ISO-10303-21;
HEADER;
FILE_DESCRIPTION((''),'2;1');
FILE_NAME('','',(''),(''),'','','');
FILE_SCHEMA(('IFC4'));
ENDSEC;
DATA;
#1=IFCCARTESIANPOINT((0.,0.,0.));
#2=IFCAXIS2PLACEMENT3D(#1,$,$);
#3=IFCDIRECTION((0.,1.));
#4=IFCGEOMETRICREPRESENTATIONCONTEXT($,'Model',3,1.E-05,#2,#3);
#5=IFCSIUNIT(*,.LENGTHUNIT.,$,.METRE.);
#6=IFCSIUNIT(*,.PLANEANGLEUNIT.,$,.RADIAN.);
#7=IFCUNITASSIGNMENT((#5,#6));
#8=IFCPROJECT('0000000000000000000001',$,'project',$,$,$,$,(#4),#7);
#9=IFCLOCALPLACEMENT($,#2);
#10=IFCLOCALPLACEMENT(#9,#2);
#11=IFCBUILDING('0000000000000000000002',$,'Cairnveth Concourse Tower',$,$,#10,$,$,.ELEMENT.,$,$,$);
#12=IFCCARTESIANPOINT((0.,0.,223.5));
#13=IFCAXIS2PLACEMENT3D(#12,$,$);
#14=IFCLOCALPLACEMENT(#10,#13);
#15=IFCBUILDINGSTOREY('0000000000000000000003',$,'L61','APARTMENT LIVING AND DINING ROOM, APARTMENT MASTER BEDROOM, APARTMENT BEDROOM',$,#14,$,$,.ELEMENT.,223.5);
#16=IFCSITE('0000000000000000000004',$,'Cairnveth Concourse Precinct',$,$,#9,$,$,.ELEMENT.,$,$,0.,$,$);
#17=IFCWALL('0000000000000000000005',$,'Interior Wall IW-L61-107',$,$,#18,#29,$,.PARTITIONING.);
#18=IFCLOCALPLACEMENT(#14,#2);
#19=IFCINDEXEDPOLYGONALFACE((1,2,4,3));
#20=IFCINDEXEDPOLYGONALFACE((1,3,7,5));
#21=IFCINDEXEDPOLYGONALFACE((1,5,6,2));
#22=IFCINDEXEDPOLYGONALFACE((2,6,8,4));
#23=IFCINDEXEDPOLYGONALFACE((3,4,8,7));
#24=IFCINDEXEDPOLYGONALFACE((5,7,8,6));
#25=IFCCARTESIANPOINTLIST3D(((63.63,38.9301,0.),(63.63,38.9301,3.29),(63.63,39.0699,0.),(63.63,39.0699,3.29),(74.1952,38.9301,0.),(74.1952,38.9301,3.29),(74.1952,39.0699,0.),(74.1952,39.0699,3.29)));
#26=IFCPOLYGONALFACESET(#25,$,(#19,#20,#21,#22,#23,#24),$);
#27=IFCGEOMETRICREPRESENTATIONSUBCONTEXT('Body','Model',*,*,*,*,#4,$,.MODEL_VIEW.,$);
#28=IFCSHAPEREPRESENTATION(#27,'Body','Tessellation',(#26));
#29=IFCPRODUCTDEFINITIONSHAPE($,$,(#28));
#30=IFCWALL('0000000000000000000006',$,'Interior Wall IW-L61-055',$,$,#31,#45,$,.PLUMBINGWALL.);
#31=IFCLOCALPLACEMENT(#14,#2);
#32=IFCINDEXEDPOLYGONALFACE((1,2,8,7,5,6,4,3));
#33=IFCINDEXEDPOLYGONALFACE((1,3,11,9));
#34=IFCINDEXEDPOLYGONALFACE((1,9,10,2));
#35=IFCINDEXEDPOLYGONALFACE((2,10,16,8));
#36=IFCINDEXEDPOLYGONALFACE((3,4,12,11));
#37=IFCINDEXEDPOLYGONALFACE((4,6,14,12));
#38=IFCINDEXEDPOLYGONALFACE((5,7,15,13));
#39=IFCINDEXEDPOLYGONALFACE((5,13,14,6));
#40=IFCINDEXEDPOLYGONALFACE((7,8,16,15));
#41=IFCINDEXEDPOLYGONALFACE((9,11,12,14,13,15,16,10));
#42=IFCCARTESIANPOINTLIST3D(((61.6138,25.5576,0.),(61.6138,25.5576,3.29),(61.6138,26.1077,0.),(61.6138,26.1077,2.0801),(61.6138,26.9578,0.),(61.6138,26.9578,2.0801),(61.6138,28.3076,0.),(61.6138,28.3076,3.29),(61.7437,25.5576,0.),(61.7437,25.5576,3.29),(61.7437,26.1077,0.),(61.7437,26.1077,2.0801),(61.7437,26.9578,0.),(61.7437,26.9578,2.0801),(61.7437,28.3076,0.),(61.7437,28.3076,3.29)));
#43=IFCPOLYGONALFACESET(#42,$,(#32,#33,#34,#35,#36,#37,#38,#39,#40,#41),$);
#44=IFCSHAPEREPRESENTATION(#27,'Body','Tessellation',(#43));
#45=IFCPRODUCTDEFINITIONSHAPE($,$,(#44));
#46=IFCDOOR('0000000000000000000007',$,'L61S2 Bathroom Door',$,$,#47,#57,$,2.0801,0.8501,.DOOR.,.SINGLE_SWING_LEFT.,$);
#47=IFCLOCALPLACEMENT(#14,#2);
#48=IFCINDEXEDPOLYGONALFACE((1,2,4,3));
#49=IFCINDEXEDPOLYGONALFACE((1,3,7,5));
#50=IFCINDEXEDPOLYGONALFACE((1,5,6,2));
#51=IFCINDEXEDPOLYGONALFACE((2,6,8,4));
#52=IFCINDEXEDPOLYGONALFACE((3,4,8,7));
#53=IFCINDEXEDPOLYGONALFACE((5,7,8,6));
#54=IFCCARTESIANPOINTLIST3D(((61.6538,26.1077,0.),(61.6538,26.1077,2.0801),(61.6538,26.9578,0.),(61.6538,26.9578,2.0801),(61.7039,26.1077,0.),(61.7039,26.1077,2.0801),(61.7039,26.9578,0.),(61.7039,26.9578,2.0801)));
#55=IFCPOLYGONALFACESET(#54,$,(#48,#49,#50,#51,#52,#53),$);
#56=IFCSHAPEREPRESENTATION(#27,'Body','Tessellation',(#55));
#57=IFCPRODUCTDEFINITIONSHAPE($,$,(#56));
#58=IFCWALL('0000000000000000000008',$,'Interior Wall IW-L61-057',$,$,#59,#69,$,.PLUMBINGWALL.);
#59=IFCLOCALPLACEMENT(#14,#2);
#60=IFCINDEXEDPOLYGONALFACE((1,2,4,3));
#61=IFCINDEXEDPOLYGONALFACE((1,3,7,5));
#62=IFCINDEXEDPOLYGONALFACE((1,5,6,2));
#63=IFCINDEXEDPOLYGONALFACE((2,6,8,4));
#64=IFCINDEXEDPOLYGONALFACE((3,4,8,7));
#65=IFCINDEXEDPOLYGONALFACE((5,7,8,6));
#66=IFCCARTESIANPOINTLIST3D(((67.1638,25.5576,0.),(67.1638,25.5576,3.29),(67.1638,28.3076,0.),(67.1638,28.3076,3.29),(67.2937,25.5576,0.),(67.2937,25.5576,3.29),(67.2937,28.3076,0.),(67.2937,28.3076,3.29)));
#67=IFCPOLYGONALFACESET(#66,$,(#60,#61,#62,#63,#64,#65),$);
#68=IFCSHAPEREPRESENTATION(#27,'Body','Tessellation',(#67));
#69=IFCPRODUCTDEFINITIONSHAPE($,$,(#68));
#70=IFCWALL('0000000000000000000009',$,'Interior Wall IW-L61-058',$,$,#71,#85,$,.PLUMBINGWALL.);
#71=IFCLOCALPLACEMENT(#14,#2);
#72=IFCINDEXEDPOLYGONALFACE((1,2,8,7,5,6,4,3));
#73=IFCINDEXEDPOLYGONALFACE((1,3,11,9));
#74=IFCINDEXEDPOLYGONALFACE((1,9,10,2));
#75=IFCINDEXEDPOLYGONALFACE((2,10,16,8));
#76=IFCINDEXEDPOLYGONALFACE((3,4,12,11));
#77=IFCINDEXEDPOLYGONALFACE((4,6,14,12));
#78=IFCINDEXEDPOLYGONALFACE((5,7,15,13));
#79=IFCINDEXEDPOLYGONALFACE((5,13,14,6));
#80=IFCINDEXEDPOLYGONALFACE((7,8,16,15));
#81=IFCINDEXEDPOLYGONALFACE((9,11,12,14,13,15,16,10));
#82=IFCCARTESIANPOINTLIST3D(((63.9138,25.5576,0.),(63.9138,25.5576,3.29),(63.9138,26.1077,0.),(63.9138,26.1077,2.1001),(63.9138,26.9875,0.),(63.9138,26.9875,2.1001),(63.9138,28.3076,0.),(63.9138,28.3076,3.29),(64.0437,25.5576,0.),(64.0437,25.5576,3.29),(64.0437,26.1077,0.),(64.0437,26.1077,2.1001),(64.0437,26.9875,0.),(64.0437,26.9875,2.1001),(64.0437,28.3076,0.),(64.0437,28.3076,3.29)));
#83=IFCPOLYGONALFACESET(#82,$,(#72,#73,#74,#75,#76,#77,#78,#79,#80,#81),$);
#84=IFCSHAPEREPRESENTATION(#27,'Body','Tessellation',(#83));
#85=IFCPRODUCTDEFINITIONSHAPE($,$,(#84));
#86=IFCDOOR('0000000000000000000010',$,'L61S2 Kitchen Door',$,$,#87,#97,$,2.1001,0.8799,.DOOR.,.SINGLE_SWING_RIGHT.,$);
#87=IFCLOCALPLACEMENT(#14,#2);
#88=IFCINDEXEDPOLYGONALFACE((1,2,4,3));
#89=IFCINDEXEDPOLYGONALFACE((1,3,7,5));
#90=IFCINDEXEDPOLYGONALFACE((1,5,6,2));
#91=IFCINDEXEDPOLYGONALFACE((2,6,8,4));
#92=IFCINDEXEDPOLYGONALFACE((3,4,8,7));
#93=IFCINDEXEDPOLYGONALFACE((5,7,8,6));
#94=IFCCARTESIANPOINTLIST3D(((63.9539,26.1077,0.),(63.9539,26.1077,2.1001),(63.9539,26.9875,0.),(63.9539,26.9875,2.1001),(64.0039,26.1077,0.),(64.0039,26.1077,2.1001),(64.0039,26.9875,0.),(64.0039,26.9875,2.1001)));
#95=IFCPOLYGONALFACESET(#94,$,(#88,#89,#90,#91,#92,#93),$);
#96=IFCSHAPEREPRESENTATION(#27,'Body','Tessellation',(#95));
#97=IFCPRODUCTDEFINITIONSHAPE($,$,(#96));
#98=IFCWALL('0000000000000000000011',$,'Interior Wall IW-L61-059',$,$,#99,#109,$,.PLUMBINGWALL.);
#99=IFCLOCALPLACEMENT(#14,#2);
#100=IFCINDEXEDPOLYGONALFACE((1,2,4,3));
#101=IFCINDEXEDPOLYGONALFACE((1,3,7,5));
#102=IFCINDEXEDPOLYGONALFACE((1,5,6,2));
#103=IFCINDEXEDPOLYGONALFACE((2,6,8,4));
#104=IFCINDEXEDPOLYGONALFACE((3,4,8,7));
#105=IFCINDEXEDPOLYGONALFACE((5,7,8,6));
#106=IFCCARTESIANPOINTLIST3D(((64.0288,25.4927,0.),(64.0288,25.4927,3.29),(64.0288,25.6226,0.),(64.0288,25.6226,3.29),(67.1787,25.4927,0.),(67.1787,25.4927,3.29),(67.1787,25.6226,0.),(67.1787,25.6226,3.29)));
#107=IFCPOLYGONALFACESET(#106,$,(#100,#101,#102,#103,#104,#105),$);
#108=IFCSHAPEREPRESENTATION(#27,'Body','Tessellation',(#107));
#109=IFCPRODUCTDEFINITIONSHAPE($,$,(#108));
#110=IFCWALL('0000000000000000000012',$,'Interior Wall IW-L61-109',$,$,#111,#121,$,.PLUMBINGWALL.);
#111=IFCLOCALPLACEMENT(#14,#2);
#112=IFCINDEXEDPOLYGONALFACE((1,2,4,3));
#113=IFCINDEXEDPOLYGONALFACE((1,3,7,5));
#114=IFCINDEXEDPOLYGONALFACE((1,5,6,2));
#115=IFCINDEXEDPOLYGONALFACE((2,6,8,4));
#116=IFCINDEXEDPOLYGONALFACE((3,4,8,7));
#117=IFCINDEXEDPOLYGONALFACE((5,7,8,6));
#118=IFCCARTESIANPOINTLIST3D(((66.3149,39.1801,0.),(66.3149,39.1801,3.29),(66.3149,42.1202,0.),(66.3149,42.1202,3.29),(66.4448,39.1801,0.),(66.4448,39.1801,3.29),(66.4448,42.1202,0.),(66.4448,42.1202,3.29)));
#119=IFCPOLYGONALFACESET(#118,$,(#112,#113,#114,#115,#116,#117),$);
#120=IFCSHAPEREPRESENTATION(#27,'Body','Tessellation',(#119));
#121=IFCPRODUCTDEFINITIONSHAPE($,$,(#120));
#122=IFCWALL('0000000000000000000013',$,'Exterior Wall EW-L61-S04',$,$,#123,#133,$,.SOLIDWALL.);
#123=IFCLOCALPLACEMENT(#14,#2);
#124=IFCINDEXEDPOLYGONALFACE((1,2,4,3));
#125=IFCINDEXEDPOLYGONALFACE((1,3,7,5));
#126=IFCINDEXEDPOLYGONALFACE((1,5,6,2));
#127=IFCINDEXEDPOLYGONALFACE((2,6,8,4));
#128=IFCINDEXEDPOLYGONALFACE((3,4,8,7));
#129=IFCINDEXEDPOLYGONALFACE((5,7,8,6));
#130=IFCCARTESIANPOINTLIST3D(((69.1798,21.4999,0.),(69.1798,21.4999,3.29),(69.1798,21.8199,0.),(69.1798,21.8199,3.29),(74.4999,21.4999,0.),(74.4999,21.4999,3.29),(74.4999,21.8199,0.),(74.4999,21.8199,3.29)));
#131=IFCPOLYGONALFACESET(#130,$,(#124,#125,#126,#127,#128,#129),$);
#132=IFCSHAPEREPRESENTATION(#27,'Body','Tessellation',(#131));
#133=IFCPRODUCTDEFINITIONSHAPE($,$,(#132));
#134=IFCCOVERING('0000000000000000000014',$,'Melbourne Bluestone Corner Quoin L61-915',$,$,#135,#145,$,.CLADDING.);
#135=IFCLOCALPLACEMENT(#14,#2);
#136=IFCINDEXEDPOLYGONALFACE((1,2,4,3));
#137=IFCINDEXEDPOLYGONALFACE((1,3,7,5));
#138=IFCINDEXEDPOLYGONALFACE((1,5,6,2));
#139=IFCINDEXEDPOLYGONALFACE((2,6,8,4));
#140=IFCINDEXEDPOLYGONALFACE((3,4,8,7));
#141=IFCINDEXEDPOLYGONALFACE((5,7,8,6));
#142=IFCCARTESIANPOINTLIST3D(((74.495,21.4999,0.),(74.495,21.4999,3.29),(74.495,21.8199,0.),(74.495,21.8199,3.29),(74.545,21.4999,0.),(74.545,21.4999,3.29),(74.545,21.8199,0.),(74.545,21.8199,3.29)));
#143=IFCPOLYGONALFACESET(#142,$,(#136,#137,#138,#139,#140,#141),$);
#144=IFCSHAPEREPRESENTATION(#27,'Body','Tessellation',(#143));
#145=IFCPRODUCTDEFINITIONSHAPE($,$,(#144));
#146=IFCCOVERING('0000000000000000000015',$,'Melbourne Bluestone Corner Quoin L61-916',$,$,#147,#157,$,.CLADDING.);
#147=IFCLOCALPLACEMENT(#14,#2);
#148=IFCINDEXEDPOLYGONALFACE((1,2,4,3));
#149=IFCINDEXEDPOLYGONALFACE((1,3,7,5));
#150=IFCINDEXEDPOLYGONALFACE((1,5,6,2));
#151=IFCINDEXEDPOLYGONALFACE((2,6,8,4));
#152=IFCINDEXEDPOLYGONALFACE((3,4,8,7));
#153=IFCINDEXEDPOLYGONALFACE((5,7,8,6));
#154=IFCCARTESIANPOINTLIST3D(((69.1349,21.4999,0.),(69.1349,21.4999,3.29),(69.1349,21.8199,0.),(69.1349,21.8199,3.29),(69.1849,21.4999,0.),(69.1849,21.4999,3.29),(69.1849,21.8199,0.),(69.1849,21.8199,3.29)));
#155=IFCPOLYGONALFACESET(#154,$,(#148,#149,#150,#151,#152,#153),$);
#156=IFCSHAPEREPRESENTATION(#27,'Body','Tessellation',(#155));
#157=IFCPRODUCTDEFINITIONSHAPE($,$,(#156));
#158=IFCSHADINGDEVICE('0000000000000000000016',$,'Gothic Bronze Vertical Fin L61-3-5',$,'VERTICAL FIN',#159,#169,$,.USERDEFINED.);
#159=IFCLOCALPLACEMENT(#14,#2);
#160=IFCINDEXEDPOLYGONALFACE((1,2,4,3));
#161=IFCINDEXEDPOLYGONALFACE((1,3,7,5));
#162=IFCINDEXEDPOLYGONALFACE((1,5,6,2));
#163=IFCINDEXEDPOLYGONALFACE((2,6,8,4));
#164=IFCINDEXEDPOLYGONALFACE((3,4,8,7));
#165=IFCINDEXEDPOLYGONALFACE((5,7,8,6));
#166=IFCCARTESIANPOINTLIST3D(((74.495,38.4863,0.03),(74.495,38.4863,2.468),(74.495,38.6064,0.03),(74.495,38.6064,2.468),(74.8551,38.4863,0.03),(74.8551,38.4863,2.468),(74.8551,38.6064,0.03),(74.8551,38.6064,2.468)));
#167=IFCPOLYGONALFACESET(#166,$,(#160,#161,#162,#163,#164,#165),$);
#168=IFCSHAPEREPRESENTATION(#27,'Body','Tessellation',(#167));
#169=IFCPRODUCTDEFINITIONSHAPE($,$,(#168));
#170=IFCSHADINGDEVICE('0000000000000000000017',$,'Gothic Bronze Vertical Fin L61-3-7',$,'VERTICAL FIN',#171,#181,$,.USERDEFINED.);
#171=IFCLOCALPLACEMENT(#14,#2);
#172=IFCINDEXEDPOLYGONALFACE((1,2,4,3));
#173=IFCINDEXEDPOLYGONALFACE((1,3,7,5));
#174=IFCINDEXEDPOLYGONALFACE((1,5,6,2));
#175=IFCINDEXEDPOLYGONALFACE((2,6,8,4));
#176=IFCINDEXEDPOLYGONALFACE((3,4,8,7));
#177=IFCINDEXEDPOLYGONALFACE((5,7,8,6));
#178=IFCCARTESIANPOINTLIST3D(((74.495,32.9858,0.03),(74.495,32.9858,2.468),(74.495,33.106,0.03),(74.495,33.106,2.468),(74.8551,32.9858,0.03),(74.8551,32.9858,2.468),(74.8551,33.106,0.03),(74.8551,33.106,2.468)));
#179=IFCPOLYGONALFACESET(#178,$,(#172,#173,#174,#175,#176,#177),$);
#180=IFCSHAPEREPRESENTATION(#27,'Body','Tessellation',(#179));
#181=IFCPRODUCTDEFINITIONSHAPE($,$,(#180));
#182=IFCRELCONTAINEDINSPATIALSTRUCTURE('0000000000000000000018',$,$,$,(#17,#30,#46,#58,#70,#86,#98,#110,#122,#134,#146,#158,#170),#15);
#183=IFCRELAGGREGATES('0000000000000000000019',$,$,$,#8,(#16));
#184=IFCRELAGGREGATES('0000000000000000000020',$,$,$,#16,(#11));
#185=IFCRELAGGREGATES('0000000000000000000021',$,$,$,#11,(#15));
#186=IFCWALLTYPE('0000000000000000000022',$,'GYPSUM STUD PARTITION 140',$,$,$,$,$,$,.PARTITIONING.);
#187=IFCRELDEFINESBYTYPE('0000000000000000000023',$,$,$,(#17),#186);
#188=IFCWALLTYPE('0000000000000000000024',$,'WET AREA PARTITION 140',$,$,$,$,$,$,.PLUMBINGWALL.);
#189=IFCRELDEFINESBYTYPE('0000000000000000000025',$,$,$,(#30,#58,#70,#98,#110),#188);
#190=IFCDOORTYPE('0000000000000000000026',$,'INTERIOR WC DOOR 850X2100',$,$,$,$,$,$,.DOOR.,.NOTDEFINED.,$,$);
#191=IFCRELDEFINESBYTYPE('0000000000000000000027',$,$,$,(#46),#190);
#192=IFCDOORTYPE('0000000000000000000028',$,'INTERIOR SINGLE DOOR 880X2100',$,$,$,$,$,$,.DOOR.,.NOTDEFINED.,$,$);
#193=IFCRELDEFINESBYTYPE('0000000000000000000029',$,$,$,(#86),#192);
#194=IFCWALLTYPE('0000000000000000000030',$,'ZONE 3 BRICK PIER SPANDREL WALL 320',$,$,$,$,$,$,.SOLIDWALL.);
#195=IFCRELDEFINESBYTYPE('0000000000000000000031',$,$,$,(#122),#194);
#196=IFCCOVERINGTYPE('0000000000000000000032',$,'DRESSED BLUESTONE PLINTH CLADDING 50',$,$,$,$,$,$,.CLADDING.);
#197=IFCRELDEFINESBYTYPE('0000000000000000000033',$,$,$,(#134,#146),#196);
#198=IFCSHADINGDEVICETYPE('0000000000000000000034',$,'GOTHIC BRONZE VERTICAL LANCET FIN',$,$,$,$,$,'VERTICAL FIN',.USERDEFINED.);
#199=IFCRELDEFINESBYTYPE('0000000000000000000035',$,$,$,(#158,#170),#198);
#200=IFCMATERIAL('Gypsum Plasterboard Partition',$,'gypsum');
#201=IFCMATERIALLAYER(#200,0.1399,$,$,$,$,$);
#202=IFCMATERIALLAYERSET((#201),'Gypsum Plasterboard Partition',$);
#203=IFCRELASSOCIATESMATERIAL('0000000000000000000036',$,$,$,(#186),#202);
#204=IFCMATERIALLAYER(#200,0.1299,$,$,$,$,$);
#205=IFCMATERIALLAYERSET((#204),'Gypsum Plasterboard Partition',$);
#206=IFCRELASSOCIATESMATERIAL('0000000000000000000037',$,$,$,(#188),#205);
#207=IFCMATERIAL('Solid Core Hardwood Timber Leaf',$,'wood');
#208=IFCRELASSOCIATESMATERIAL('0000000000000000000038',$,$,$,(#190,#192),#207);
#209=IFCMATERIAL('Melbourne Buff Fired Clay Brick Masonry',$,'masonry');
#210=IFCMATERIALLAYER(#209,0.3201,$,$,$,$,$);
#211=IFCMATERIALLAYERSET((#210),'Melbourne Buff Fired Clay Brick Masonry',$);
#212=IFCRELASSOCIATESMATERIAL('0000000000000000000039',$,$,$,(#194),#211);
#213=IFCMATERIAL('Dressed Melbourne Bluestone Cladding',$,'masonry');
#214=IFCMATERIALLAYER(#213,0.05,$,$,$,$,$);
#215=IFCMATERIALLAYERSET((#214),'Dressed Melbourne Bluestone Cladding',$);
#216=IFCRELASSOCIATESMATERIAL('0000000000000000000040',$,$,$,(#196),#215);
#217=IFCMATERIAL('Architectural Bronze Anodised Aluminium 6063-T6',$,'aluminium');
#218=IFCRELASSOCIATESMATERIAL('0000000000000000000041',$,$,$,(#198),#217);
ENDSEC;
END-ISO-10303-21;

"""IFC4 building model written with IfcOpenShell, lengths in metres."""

from ifc_helpers import new_model, si_unit, direction, frame, frame_2d, origin, origin_2d, place, context, subcontext, project, spatial, rectangle, extrude, material, layer, layer_set, type_object, element, fill, save


model = new_model("IFC4")

# Units and contexts
model_context = context("Model", 3, precision=1e-05, world=origin(), true_north=direction((0.0, 1.0)))
body_context = subcontext(model_context, "Body", "Model", "MODEL_VIEW")
ifc_project = project(units=[si_unit("LENGTHUNIT", "METRE"), si_unit("PLANEANGLEUNIT", "RADIAN")], contexts=[model_context])

# Site, building, storey
site_placement = place(None, origin())
site = spatial("IfcSite", under=ifc_project, at=site_placement, Name="Cairnveth Concourse Precinct", CompositionType="ELEMENT", RefElevation=0.0)
building_placement = place(site_placement, origin())
building = spatial("IfcBuilding", under=site, at=building_placement, Name="Cairnveth Concourse Tower", CompositionType="ELEMENT")
storey_placement = place(building_placement, frame((0.0, 0.0, 223.5)))
storey = spatial("IfcBuildingStorey", under=building, at=storey_placement, Name="L61", Description="APARTMENT LIVING AND DINING ROOM, APARTMENT MASTER BEDROOM, APARTMENT BEDROOM", CompositionType="ELEMENT", Elevation=223.5)

# Shared definitions
ifc_material_1 = material(Name="Gypsum Plasterboard Partition", Category="gypsum")
ifc_material_2 = material(Name="Solid Core Hardwood Timber Leaf", Category="wood")

# Shared definitions
ifc_layer_1 = layer(ifc_material_1, 0.1399)
ifc_layer_set_1 = layer_set([ifc_layer_1], Name="Gypsum Plasterboard Partition")
wall_type_1 = type_object("IfcWallType", Name="GYPSUM STUD PARTITION 140", PredefinedType="PARTITIONING", material=ifc_layer_set_1)

# Wall
wall_1_placement = place(storey_placement, frame((63.6299, 39.0, 0.0), z_axis=(0.0, 0.0, 1.0), x_axis=(1.0, 0.0, 0.0)))
element("IfcWall", 1, at=wall_1_placement, inside=storey, type_object=wall_type_1, Name="Interior Wall IW-L61-107", PredefinedType="PARTITIONING", context=body_context, shape_type="SweptSolid", body=[
    extrude(rectangle(XDim=10.5652, YDim=0.1399, at=frame_2d((5.2827, 0.0))), origin(), (0.0, 0.0, 1.0), 3.29),
])

# Wall, opening, door
ifc_layer_2 = layer(ifc_material_1, 0.1299)
ifc_layer_set_2 = layer_set([ifc_layer_2], Name="Gypsum Plasterboard Partition")
wall_type_2 = type_object("IfcWallType", Name="WET AREA PARTITION 140", PredefinedType="PLUMBINGWALL", material=ifc_layer_set_2)
wall_2_placement = place(storey_placement, frame((61.6787, 25.5576, 0.0), z_axis=(0.0, 0.0, 1.0), x_axis=(0.0, 1.0, 0.0)))
wall_2 = element("IfcWall", 2, at=wall_2_placement, inside=storey, type_object=wall_type_2, Name="Interior Wall IW-L61-055", PredefinedType="PLUMBINGWALL", context=body_context, shape_type="SweptSolid", body=[
    extrude(rectangle(XDim=2.75, YDim=0.1299, at=frame_2d((1.375, 0.0))), origin(), (0.0, 0.0, 1.0), 3.29),
])
opening_1_placement = place(wall_2_placement, frame((0.55, 0.0, 0.0)))
opening_1 = element("IfcOpeningElement", 3, at=opening_1_placement, cuts=wall_2, PredefinedType="OPENING", context=body_context, shape_type="SweptSolid", body=[
    extrude(rectangle(XDim=0.8501, YDim=2.0801, at=frame_2d((0.425, 1.04))), frame((0.0, 0.075, 0.0), z_axis=(0.0, -1.0, 0.0), x_axis=(1.0, 0.0, 0.0)), (0.0, 0.0, 1.0), 0.1499),
])
door_type_1 = type_object("IfcDoorType", Name="INTERIOR WC DOOR 850X2100", OperationType="NOTDEFINED", PredefinedType="DOOR", material=ifc_material_2)
door_1_placement = place(opening_1_placement, origin())
door_1 = element("IfcDoor", 4, at=door_1_placement, inside=storey, type_object=door_type_1, Name="L61S2 Bathroom Door", OperationType="SINGLE_SWING_LEFT", OverallHeight=2.0801, OverallWidth=0.8501, PredefinedType="DOOR", context=body_context, shape_type="SweptSolid", body=[
    extrude(rectangle(XDim=0.8501, YDim=2.0801, at=frame_2d((0.425, 1.04))), frame((0.0, 0.0249, 0.0), z_axis=(0.0, -1.0, 0.0), x_axis=(1.0, 0.0, 0.0)), (0.0, 0.0, 1.0), 0.05),
])
fill(opening_1, door_1)

# Wall
wall_3_placement = place(storey_placement, frame((67.2288, 25.5576, 0.0), z_axis=(0.0, 0.0, 1.0), x_axis=(0.0, 1.0, 0.0)))
element("IfcWall", 5, at=wall_3_placement, inside=storey, type_object=wall_type_2, Name="Interior Wall IW-L61-057", PredefinedType="PLUMBINGWALL", context=body_context, shape_type="SweptSolid", body=[
    extrude(rectangle(XDim=2.75, YDim=0.1299, at=frame_2d((1.375, 0.0))), origin(), (0.0, 0.0, 1.0), 3.29),
])

# Wall, opening, door
wall_4_placement = place(storey_placement, frame((63.9788, 25.5576, 0.0), z_axis=(0.0, 0.0, 1.0), x_axis=(0.0, 1.0, 0.0)))
wall_4 = element("IfcWall", 6, at=wall_4_placement, inside=storey, type_object=wall_type_2, Name="Interior Wall IW-L61-058", PredefinedType="PLUMBINGWALL", context=body_context, shape_type="SweptSolid", body=[
    extrude(rectangle(XDim=2.75, YDim=0.1299, at=frame_2d((1.375, 0.0))), origin(), (0.0, 0.0, 1.0), 3.29),
])
opening_2_placement = place(wall_4_placement, frame((0.55, 0.0, 0.0)))
opening_2 = element("IfcOpeningElement", 7, at=opening_2_placement, cuts=wall_4, PredefinedType="OPENING", context=body_context, shape_type="SweptSolid", body=[
    extrude(rectangle(XDim=0.8799, YDim=2.1001, at=frame_2d((0.4399, 1.05))), frame((0.0, 0.075, 0.0), z_axis=(0.0, -1.0, 0.0), x_axis=(1.0, 0.0, 0.0)), (0.0, 0.0, 1.0), 0.1499),
])
door_type_2 = type_object("IfcDoorType", Name="INTERIOR SINGLE DOOR 880X2100", OperationType="NOTDEFINED", PredefinedType="DOOR", material=ifc_material_2)
door_2_placement = place(opening_2_placement, origin())
door_2 = element("IfcDoor", 8, at=door_2_placement, inside=storey, type_object=door_type_2, Name="L61S2 Kitchen Door", OperationType="SINGLE_SWING_RIGHT", OverallHeight=2.1001, OverallWidth=0.8799, PredefinedType="DOOR", context=body_context, shape_type="SweptSolid", body=[
    extrude(rectangle(XDim=0.8799, YDim=2.1001, at=frame_2d((0.4399, 1.05))), frame((0.0, 0.0249, 0.0), z_axis=(0.0, -1.0, 0.0), x_axis=(1.0, 0.0, 0.0)), (0.0, 0.0, 1.0), 0.05),
])
fill(opening_2, door_2)

# Walls
wall_5_placement = place(storey_placement, frame((64.0288, 25.5576, 0.0), z_axis=(0.0, 0.0, 1.0), x_axis=(1.0, 0.0, 0.0)))
element("IfcWall", 9, at=wall_5_placement, inside=storey, type_object=wall_type_2, Name="Interior Wall IW-L61-059", PredefinedType="PLUMBINGWALL", context=body_context, shape_type="SweptSolid", body=[
    extrude(rectangle(XDim=3.1499, YDim=0.1299, at=frame_2d((1.575, 0.0))), origin(), (0.0, 0.0, 1.0), 3.29),
])
wall_6_placement = place(storey_placement, frame((66.3799, 39.1799, 0.0), z_axis=(0.0, 0.0, 1.0), x_axis=(0.0, 1.0, 0.0)))
element("IfcWall", 10, at=wall_6_placement, inside=storey, type_object=wall_type_2, Name="Interior Wall IW-L61-109", PredefinedType="PLUMBINGWALL", context=body_context, shape_type="SweptSolid", body=[
    extrude(rectangle(XDim=2.9402, YDim=0.1299, at=frame_2d((1.4702, 0.0))), origin(), (0.0, 0.0, 1.0), 3.29),
])
ifc_material_3 = material(Name="Melbourne Buff Fired Clay Brick Masonry", Category="masonry")
ifc_layer_3 = layer(ifc_material_3, 0.3201)
ifc_layer_set_3 = layer_set([ifc_layer_3], Name="Melbourne Buff Fired Clay Brick Masonry")
wall_type_3 = type_object("IfcWallType", Name="ZONE 3 BRICK PIER SPANDREL WALL 320", PredefinedType="SOLIDWALL", material=ifc_layer_set_3)
wall_7_placement = place(storey_placement, frame((74.5, 21.6599, 0.0), z_axis=(0.0, 0.0, 1.0), x_axis=(-1.0, 0.0, 0.0)))
element("IfcWall", 11, at=wall_7_placement, inside=storey, type_object=wall_type_3, Name="Exterior Wall EW-L61-S04", PredefinedType="SOLIDWALL", context=body_context, shape_type="SweptSolid", body=[
    extrude(rectangle(XDim=5.3201, YDim=0.3201, at=frame_2d((2.6602, 0.0))), origin(), (0.0, 0.0, 1.0), 3.29),
])

# Coverings
ifc_material_4 = material(Name="Dressed Melbourne Bluestone Cladding", Category="masonry")
ifc_layer_4 = layer(ifc_material_4, 0.05)
ifc_layer_set_4 = layer_set([ifc_layer_4], Name="Dressed Melbourne Bluestone Cladding")
covering_type = type_object("IfcCoveringType", Name="DRESSED BLUESTONE PLINTH CLADDING 50", PredefinedType="CLADDING", material=ifc_layer_set_4)
for number, where, z_axis, x_axis, name in (
    (12, (74.52, 21.8201, 0.0), (0.0, 0.0, 1.0), (0.0, -1.0, 0.0), "Melbourne Bluestone Corner Quoin L61-915"),
    (13, (69.1599, 21.8201, 0.0), (0.0, 0.0, 1.0), (0.0, -1.0, 0.0), "Melbourne Bluestone Corner Quoin L61-916"),
):
    element("IfcCovering", number, at=place(storey_placement, frame(where, z_axis=z_axis, x_axis=x_axis)), inside=storey, type_object=covering_type, Name=name, PredefinedType="CLADDING", context=body_context, shape_type="SweptSolid", body=[
        extrude(rectangle(XDim=0.3201, YDim=0.05, at=frame_2d((0.1602, 0.0))), origin(), (0.0, 0.0, 1.0), 3.29),
    ])

# Shading devices
ifc_material_5 = material(Name="Architectural Bronze Anodised Aluminium 6063-T6", Category="aluminium")
shading_device_type = type_object("IfcShadingDeviceType", Name="GOTHIC BRONZE VERTICAL LANCET FIN", ElementType="VERTICAL FIN", PredefinedType="USERDEFINED", material=ifc_material_5)
for number, where, z_axis, x_axis, name in (
    (14, (74.675, 38.5464, 0.03), (0.0, 0.0, 1.0), (0.0, 1.0, 0.0), "Gothic Bronze Vertical Fin L61-3-5"),
    (15, (74.675, 33.0459, 0.03), (0.0, 0.0, 1.0), (0.0, 1.0, 0.0), "Gothic Bronze Vertical Fin L61-3-7"),
):
    element("IfcShadingDevice", number, at=place(storey_placement, frame(where, z_axis=z_axis, x_axis=x_axis)), inside=storey, type_object=shading_device_type, Name=name, ObjectType="VERTICAL FIN", PredefinedType="USERDEFINED", context=body_context, shape_type="SweptSolid", body=[
        extrude(rectangle(XDim=0.1201, YDim=0.3601, at=origin_2d()), origin(), (0.0, 0.0, 1.0), 2.438),
    ])

save(model, "model.ifc")
